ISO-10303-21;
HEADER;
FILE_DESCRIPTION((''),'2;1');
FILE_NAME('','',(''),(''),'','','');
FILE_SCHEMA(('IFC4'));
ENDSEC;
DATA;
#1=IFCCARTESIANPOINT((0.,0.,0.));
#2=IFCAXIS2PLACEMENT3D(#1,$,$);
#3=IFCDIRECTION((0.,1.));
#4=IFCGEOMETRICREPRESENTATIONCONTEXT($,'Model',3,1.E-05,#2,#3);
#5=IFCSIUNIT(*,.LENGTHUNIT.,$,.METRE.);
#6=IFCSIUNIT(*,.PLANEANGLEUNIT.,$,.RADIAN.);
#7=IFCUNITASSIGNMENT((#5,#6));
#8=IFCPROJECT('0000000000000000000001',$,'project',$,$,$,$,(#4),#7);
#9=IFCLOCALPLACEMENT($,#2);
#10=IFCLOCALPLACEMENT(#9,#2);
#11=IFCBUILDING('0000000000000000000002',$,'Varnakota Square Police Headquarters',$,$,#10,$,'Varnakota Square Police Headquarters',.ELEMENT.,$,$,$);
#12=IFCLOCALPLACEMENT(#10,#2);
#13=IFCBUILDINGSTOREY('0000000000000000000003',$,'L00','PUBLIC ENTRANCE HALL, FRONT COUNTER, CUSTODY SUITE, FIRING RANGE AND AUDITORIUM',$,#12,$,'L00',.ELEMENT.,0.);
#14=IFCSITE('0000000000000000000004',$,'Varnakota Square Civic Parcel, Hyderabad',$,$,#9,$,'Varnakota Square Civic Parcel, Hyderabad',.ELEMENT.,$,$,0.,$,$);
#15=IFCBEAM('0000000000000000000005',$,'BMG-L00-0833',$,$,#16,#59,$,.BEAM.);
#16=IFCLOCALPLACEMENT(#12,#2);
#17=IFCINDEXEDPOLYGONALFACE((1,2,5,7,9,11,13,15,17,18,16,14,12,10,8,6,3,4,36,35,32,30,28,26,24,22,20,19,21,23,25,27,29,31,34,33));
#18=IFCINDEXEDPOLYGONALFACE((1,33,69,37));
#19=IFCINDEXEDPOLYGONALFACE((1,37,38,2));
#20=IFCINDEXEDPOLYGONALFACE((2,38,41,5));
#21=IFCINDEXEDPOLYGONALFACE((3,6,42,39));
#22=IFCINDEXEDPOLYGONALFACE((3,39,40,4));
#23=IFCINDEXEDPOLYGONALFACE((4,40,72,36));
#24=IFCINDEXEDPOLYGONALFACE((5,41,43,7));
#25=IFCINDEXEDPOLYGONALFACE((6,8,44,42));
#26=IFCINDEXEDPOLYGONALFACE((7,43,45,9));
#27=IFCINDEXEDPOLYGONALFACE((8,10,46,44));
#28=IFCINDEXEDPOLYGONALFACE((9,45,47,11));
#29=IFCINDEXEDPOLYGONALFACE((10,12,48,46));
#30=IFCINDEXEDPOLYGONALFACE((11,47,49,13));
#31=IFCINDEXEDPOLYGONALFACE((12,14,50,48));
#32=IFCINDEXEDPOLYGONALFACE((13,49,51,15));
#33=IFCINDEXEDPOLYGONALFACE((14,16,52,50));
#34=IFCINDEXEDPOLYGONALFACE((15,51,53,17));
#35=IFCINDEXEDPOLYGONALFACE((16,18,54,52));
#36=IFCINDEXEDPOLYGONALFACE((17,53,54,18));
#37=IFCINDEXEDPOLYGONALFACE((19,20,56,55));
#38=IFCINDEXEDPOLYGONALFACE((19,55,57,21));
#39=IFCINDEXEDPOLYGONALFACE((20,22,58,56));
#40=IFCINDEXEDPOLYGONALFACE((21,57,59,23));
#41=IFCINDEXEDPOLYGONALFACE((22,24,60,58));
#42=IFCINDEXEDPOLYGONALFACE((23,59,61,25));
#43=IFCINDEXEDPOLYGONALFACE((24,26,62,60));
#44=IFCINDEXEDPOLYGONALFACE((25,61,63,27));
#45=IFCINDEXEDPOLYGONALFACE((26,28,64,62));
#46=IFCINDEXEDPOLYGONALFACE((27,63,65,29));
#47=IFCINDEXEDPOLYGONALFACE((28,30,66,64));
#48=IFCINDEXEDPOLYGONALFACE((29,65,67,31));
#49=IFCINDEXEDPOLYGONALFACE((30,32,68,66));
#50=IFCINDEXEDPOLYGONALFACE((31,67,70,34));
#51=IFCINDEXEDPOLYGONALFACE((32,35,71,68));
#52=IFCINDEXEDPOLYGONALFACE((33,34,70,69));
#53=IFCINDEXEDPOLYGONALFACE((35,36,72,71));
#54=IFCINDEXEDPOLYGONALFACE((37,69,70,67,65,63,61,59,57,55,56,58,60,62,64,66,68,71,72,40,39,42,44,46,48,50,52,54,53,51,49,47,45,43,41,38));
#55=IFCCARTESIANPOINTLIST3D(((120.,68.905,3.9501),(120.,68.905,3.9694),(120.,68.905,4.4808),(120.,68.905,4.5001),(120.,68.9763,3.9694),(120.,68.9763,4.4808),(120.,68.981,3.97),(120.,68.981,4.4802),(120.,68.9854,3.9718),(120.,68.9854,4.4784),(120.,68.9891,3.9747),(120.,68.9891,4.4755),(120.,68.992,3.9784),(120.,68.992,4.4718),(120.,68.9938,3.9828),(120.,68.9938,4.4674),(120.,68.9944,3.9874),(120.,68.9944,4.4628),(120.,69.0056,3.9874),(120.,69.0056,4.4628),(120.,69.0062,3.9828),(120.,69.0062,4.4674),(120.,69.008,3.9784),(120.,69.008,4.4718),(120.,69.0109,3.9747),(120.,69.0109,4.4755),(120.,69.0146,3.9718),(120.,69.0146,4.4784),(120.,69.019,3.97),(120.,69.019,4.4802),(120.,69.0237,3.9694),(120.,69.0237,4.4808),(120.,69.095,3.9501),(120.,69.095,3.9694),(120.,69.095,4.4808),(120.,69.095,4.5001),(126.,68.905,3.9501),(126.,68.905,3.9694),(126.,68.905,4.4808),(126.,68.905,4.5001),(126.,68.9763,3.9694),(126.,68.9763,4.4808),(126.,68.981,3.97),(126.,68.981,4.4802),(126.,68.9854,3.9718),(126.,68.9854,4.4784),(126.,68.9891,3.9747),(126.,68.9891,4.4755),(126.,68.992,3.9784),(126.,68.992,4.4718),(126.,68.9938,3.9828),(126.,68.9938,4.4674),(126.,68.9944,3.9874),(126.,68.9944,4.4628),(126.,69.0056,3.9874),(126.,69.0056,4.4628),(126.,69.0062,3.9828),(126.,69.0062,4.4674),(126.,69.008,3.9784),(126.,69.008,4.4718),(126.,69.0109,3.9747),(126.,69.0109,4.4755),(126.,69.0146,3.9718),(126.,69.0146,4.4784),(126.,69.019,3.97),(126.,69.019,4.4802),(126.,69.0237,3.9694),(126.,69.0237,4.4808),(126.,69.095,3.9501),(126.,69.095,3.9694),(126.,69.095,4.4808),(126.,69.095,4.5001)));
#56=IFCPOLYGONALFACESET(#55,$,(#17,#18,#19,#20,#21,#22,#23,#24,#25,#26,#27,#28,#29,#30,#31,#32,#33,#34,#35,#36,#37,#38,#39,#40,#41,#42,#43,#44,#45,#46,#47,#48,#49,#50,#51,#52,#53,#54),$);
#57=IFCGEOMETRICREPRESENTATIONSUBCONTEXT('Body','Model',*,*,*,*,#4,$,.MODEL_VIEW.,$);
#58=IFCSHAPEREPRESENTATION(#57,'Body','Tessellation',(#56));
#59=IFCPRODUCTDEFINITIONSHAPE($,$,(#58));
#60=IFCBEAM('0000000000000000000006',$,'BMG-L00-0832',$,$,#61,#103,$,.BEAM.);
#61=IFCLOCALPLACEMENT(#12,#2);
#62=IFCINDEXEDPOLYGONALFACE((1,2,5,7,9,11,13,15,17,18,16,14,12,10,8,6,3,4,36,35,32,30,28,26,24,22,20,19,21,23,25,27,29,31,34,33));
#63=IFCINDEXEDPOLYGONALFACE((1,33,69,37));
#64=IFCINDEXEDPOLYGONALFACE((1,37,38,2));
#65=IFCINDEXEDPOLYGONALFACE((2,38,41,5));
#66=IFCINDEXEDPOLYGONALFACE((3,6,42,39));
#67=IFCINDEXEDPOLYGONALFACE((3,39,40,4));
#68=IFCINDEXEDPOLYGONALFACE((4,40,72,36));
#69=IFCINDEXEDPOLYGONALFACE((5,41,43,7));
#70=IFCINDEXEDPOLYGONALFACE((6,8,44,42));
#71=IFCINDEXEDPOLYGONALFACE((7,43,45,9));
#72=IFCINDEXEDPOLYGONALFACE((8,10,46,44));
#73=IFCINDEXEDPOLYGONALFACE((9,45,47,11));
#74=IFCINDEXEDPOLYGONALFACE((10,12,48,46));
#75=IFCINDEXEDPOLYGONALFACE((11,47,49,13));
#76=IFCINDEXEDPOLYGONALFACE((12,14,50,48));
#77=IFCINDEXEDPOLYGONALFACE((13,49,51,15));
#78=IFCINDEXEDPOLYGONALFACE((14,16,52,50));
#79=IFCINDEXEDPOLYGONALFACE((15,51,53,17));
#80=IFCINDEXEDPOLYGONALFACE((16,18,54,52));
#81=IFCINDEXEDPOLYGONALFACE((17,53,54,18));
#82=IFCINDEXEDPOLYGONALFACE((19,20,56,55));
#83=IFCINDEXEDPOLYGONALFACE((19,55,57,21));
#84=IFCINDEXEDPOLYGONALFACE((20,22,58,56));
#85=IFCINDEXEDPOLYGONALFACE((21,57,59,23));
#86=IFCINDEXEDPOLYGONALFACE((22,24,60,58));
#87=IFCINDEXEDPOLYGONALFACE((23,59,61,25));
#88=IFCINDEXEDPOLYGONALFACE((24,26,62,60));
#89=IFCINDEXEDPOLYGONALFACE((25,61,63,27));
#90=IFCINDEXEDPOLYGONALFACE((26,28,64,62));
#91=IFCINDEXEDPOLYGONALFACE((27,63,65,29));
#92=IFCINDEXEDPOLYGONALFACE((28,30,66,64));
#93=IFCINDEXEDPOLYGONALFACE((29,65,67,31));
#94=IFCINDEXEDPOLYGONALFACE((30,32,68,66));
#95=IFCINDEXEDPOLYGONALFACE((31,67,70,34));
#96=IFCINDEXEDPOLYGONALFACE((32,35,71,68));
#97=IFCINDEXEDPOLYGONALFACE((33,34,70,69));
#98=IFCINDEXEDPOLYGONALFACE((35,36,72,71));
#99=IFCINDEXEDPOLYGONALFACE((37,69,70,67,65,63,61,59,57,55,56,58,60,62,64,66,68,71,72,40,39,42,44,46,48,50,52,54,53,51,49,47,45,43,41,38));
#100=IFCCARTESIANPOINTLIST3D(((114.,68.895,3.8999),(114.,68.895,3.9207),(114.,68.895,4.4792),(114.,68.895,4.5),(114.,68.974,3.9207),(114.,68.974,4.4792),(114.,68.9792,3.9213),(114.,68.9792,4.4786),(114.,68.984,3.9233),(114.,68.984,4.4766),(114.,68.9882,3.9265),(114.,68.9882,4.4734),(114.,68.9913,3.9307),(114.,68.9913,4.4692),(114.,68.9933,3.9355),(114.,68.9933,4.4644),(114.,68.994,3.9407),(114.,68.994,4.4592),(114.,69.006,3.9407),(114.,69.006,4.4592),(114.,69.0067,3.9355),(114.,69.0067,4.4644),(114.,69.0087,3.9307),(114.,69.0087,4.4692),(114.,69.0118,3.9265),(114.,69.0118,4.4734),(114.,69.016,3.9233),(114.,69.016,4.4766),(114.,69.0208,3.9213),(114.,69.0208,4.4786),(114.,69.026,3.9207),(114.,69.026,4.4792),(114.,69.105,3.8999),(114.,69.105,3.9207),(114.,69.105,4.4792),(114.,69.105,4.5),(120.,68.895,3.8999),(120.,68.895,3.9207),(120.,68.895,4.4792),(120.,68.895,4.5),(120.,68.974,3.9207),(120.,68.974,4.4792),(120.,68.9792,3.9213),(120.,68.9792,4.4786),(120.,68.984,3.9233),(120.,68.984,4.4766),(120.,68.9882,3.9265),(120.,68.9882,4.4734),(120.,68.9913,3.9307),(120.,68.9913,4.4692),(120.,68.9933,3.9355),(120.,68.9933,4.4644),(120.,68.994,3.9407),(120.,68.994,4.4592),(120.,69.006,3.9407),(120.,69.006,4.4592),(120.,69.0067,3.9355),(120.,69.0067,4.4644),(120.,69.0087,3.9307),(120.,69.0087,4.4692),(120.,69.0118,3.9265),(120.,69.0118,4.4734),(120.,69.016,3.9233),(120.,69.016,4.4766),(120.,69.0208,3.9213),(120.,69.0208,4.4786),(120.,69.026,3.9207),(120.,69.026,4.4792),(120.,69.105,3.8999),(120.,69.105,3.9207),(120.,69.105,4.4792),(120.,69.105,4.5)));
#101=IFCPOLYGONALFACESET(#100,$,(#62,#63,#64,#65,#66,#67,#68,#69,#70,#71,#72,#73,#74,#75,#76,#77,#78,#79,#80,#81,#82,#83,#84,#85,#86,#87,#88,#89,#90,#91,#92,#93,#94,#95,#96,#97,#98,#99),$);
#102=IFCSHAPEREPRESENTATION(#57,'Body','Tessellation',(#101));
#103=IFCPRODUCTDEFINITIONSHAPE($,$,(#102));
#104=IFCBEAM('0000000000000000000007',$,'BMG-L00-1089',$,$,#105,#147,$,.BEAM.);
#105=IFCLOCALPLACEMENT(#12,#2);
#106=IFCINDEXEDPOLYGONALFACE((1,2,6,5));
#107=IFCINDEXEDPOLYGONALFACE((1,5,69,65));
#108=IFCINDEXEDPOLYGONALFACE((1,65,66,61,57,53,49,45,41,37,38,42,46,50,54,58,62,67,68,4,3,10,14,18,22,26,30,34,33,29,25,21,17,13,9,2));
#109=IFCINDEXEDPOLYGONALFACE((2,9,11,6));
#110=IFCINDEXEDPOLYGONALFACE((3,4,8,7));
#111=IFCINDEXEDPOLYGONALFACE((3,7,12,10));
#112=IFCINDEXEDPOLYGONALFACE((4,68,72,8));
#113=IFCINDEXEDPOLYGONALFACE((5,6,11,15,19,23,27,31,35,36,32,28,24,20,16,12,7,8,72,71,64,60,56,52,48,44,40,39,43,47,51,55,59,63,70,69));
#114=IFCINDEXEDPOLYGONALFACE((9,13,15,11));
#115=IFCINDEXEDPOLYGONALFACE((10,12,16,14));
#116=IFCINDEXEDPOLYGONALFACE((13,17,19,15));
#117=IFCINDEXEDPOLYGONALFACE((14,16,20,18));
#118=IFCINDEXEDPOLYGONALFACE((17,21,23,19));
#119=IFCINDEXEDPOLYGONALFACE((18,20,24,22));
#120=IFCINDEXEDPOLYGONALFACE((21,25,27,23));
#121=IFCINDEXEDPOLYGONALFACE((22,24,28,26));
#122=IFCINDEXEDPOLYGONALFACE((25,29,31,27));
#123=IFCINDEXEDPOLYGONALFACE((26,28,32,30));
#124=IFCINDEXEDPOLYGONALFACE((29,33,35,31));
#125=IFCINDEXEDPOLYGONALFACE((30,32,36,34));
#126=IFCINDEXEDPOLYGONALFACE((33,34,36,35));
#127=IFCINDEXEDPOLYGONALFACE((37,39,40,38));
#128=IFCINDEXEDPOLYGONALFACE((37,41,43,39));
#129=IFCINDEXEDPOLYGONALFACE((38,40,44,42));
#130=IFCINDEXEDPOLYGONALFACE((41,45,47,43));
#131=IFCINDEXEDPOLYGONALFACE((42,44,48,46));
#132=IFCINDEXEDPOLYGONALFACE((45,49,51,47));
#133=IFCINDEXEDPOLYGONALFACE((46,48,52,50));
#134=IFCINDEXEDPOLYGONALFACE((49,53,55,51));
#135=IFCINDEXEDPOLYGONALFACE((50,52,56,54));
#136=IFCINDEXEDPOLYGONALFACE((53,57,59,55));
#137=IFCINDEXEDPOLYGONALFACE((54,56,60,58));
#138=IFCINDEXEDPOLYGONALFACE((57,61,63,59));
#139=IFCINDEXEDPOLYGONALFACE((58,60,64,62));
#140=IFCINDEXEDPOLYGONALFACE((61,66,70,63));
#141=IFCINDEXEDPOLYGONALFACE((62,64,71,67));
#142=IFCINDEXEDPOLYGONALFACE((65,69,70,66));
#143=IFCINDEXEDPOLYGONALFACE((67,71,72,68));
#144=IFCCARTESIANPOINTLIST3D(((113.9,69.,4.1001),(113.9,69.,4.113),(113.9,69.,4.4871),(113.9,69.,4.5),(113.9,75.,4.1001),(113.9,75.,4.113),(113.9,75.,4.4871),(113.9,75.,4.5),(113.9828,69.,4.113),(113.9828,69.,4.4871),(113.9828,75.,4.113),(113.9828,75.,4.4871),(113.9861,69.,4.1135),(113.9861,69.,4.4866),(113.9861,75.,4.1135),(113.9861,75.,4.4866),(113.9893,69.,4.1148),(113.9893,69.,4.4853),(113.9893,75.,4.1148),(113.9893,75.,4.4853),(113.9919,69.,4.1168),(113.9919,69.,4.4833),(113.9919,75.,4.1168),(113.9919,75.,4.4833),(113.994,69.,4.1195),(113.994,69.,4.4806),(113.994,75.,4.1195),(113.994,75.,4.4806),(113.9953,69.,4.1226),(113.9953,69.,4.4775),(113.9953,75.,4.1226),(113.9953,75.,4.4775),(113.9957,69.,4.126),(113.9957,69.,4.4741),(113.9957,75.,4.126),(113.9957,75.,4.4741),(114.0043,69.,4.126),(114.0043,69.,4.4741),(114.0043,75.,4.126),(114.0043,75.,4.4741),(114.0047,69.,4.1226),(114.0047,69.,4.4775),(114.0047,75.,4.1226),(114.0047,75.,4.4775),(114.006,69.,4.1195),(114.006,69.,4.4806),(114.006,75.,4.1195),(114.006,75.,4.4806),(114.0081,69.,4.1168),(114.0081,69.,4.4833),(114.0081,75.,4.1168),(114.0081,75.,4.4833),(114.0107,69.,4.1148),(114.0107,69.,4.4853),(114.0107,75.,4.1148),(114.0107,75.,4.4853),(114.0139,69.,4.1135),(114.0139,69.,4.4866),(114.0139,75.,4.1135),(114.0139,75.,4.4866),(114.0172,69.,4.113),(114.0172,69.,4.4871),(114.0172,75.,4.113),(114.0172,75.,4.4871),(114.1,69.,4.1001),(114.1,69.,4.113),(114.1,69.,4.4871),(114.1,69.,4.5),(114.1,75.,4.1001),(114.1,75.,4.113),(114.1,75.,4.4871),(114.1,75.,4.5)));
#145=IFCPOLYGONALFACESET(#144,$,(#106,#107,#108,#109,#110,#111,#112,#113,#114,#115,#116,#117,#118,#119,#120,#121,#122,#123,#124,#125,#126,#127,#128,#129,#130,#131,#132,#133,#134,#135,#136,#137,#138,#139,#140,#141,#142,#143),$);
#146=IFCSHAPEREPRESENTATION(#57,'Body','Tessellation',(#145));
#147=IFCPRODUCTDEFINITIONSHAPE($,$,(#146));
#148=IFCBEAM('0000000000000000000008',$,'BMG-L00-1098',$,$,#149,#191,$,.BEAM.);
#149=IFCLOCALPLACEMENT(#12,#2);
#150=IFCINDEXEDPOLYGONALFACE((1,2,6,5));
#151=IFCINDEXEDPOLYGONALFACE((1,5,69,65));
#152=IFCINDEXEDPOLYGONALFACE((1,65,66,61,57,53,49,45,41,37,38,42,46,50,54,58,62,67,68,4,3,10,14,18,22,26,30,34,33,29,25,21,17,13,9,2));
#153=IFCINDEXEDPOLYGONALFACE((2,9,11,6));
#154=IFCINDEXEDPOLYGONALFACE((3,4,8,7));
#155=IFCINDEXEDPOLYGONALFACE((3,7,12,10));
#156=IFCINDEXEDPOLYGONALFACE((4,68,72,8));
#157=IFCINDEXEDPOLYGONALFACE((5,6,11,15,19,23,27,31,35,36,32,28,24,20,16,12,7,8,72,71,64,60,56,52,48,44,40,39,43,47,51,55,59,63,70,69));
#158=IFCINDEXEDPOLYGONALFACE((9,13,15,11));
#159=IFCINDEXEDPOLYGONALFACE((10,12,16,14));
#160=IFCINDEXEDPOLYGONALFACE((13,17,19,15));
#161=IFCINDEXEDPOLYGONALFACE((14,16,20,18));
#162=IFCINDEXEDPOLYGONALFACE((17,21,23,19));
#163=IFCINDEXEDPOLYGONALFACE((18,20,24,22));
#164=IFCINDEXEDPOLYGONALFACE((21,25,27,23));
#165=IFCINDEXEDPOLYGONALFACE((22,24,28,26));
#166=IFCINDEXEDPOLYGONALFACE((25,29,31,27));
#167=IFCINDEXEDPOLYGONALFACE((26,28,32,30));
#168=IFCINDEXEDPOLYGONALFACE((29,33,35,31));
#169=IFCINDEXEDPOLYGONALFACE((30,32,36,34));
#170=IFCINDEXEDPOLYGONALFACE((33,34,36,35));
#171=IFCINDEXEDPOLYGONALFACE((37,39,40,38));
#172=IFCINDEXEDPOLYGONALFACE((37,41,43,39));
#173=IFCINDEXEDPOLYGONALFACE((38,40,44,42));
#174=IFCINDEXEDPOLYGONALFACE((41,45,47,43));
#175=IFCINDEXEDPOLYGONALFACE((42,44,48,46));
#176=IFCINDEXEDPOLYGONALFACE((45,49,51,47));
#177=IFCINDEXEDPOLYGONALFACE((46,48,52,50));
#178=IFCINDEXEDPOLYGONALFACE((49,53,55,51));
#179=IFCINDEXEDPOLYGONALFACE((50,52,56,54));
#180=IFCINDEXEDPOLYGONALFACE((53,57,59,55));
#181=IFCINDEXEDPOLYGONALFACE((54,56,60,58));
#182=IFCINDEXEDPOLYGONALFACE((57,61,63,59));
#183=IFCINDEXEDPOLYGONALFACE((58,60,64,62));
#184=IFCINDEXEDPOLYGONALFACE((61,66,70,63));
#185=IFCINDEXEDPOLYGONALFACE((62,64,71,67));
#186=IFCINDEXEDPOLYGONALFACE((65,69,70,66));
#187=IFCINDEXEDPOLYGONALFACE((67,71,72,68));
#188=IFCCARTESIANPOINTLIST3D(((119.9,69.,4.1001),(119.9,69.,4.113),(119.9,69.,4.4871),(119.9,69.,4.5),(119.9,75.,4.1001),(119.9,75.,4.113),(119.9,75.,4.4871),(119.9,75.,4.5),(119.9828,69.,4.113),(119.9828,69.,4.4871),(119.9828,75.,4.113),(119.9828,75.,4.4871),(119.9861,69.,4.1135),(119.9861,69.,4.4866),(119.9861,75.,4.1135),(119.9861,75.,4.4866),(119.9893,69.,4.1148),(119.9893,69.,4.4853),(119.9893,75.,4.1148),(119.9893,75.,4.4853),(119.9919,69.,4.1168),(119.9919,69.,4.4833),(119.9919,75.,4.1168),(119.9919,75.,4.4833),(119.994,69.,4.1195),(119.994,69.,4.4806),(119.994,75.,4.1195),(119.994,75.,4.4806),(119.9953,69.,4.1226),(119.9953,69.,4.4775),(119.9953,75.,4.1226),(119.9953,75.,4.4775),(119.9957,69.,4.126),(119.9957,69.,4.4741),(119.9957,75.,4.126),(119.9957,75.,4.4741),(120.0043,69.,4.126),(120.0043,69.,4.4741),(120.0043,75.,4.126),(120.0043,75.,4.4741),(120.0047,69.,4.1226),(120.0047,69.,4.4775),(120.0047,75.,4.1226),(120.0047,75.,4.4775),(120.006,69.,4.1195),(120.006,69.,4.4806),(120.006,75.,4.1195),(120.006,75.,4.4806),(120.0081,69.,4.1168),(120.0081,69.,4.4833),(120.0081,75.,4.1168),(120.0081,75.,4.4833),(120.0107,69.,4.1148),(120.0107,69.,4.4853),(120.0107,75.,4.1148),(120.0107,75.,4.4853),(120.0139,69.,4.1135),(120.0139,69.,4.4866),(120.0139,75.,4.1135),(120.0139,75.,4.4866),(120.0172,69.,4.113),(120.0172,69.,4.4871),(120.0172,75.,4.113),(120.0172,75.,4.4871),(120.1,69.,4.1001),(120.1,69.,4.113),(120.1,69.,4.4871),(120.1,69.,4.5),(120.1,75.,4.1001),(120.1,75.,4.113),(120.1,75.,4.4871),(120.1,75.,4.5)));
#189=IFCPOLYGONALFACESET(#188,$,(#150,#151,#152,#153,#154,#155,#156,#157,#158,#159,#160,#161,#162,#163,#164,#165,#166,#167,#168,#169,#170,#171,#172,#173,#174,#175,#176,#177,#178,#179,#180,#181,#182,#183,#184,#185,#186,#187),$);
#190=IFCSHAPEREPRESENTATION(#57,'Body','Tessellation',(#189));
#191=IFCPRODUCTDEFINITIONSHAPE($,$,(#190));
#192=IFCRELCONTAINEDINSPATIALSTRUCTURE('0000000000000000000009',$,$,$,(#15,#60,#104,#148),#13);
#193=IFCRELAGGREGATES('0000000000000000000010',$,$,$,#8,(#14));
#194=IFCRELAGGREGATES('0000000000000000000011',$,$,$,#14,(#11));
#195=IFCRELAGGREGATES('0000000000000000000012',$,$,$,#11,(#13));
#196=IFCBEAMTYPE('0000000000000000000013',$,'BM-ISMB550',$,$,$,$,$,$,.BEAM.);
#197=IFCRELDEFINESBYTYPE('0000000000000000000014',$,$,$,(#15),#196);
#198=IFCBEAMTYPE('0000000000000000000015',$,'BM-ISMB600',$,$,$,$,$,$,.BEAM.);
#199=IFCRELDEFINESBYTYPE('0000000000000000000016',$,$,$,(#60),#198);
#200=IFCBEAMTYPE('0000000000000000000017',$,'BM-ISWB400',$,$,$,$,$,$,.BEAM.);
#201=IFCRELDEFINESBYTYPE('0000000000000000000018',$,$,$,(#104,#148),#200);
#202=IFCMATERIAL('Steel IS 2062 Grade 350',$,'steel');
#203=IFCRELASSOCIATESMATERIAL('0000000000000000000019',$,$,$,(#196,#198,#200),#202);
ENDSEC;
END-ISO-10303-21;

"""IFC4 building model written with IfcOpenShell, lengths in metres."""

from ifc_helpers import new_model, si_unit, direction, frame, origin, origin_2d, place, context, subcontext, project, spatial, i_section, extrude, material, material_profile, profile_set, type_object, element, save


model = new_model("IFC4")

# Units and contexts
model_context = context("Model", 3, precision=1e-05, world=origin(), true_north=direction((0.0, 1.0)))
body_context = subcontext(model_context, "Body", "Model", "MODEL_VIEW")
ifc_project = project(units=[si_unit("LENGTHUNIT", "METRE"), si_unit("PLANEANGLEUNIT", "RADIAN")], contexts=[model_context])

# Site, building, storey
site_placement = place(None, origin())
site = spatial("IfcSite", under=ifc_project, at=site_placement, Name="Varnakota Square Civic Parcel, Hyderabad", LongName="Varnakota Square Civic Parcel, Hyderabad", CompositionType="ELEMENT", RefElevation=0.0)
building_placement = place(site_placement, origin())
building = spatial("IfcBuilding", under=site, at=building_placement, Name="Varnakota Square Police Headquarters", LongName="Varnakota Square Police Headquarters", CompositionType="ELEMENT")
storey_placement = place(building_placement, origin())
storey = spatial("IfcBuildingStorey", under=building, at=storey_placement, Name="L00", Description="PUBLIC ENTRANCE HALL, FRONT COUNTER, CUSTODY SUITE, FIRING RANGE AND AUDITORIUM", LongName="L00", CompositionType="ELEMENT", Elevation=0.0)

# Beams
ifc_material_1 = material(Name="Steel IS 2062 Grade 350", Category="steel")
ifc_material_profile_1 = material_profile(ifc_material_1, i_section(OverallWidth=0.1899, OverallDepth=0.55, WebThickness=0.0112, FlangeThickness=0.0193, FilletRadius=0.0181, at=origin_2d()), Name="ISMB 550")
ifc_profile_set_1 = profile_set([ifc_material_profile_1], Name="Steel IS 2062 Grade 350")
beam_type_1 = type_object("IfcBeamType", Name="BM-ISMB550", PredefinedType="BEAM", material=ifc_profile_set_1)
beam_1_placement = place(storey_placement, frame((120.0, 69.0, 4.2251), z_axis=(1.0, 0.0, 0.0), x_axis=(0.0, 1.0, 0.0)))
element("IfcBeam", 1, at=beam_1_placement, inside=storey, type_object=beam_type_1, Name="BMG-L00-0833", PredefinedType="BEAM", context=body_context, shape_type="SweptSolid", body=[
    extrude(i_section(OverallWidth=0.1899, OverallDepth=0.55, WebThickness=0.0112, FlangeThickness=0.0193, FilletRadius=0.0181, at=origin_2d()), origin(), (0.0, 0.0, 1.0), 6.0),
])
ifc_material_profile_2 = material_profile(ifc_material_1, i_section(OverallWidth=0.21, OverallDepth=0.6001, WebThickness=0.012, FlangeThickness=0.0208, FilletRadius=0.02, at=origin_2d()), Name="ISMB 600")
ifc_profile_set_2 = profile_set([ifc_material_profile_2], Name="Steel IS 2062 Grade 350")
beam_type_2 = type_object("IfcBeamType", Name="BM-ISMB600", PredefinedType="BEAM", material=ifc_profile_set_2)
beam_2_placement = place(storey_placement, frame((114.0, 69.0, 4.2), z_axis=(1.0, 0.0, 0.0), x_axis=(0.0, 1.0, 0.0)))
element("IfcBeam", 2, at=beam_2_placement, inside=storey, type_object=beam_type_2, Name="BMG-L00-0832", PredefinedType="BEAM", context=body_context, shape_type="SweptSolid", body=[
    extrude(i_section(OverallWidth=0.21, OverallDepth=0.6001, WebThickness=0.012, FlangeThickness=0.0208, FilletRadius=0.02, at=origin_2d()), origin(), (0.0, 0.0, 1.0), 6.0),
])
ifc_material_profile_3 = material_profile(ifc_material_1, i_section(OverallWidth=0.2, OverallDepth=0.3999, WebThickness=0.0085, FlangeThickness=0.0129, FilletRadius=0.0129, at=origin_2d()), Name="ISWB 400")
ifc_profile_set_3 = profile_set([ifc_material_profile_3], Name="Steel IS 2062 Grade 350")
beam_type_3 = type_object("IfcBeamType", Name="BM-ISWB400", PredefinedType="BEAM", material=ifc_profile_set_3)
for number, where, z_axis, x_axis, name in (
    (3, (114.0, 69.0, 4.3), (0.0, 1.0, 0.0), (-1.0, 0.0, 0.0), "BMG-L00-1089"),
    (4, (120.0, 69.0, 4.3), (0.0, 1.0, 0.0), (-1.0, 0.0, 0.0), "BMG-L00-1098"),
):
    element("IfcBeam", number, at=place(storey_placement, frame(where, z_axis=z_axis, x_axis=x_axis)), inside=storey, type_object=beam_type_3, Name=name, PredefinedType="BEAM", context=body_context, shape_type="SweptSolid", body=[
        extrude(i_section(OverallWidth=0.2, OverallDepth=0.3999, WebThickness=0.0085, FlangeThickness=0.0129, FilletRadius=0.0129, at=origin_2d()), origin(), (0.0, 0.0, 1.0), 6.0),
    ])

save(model, "model.ifc")
